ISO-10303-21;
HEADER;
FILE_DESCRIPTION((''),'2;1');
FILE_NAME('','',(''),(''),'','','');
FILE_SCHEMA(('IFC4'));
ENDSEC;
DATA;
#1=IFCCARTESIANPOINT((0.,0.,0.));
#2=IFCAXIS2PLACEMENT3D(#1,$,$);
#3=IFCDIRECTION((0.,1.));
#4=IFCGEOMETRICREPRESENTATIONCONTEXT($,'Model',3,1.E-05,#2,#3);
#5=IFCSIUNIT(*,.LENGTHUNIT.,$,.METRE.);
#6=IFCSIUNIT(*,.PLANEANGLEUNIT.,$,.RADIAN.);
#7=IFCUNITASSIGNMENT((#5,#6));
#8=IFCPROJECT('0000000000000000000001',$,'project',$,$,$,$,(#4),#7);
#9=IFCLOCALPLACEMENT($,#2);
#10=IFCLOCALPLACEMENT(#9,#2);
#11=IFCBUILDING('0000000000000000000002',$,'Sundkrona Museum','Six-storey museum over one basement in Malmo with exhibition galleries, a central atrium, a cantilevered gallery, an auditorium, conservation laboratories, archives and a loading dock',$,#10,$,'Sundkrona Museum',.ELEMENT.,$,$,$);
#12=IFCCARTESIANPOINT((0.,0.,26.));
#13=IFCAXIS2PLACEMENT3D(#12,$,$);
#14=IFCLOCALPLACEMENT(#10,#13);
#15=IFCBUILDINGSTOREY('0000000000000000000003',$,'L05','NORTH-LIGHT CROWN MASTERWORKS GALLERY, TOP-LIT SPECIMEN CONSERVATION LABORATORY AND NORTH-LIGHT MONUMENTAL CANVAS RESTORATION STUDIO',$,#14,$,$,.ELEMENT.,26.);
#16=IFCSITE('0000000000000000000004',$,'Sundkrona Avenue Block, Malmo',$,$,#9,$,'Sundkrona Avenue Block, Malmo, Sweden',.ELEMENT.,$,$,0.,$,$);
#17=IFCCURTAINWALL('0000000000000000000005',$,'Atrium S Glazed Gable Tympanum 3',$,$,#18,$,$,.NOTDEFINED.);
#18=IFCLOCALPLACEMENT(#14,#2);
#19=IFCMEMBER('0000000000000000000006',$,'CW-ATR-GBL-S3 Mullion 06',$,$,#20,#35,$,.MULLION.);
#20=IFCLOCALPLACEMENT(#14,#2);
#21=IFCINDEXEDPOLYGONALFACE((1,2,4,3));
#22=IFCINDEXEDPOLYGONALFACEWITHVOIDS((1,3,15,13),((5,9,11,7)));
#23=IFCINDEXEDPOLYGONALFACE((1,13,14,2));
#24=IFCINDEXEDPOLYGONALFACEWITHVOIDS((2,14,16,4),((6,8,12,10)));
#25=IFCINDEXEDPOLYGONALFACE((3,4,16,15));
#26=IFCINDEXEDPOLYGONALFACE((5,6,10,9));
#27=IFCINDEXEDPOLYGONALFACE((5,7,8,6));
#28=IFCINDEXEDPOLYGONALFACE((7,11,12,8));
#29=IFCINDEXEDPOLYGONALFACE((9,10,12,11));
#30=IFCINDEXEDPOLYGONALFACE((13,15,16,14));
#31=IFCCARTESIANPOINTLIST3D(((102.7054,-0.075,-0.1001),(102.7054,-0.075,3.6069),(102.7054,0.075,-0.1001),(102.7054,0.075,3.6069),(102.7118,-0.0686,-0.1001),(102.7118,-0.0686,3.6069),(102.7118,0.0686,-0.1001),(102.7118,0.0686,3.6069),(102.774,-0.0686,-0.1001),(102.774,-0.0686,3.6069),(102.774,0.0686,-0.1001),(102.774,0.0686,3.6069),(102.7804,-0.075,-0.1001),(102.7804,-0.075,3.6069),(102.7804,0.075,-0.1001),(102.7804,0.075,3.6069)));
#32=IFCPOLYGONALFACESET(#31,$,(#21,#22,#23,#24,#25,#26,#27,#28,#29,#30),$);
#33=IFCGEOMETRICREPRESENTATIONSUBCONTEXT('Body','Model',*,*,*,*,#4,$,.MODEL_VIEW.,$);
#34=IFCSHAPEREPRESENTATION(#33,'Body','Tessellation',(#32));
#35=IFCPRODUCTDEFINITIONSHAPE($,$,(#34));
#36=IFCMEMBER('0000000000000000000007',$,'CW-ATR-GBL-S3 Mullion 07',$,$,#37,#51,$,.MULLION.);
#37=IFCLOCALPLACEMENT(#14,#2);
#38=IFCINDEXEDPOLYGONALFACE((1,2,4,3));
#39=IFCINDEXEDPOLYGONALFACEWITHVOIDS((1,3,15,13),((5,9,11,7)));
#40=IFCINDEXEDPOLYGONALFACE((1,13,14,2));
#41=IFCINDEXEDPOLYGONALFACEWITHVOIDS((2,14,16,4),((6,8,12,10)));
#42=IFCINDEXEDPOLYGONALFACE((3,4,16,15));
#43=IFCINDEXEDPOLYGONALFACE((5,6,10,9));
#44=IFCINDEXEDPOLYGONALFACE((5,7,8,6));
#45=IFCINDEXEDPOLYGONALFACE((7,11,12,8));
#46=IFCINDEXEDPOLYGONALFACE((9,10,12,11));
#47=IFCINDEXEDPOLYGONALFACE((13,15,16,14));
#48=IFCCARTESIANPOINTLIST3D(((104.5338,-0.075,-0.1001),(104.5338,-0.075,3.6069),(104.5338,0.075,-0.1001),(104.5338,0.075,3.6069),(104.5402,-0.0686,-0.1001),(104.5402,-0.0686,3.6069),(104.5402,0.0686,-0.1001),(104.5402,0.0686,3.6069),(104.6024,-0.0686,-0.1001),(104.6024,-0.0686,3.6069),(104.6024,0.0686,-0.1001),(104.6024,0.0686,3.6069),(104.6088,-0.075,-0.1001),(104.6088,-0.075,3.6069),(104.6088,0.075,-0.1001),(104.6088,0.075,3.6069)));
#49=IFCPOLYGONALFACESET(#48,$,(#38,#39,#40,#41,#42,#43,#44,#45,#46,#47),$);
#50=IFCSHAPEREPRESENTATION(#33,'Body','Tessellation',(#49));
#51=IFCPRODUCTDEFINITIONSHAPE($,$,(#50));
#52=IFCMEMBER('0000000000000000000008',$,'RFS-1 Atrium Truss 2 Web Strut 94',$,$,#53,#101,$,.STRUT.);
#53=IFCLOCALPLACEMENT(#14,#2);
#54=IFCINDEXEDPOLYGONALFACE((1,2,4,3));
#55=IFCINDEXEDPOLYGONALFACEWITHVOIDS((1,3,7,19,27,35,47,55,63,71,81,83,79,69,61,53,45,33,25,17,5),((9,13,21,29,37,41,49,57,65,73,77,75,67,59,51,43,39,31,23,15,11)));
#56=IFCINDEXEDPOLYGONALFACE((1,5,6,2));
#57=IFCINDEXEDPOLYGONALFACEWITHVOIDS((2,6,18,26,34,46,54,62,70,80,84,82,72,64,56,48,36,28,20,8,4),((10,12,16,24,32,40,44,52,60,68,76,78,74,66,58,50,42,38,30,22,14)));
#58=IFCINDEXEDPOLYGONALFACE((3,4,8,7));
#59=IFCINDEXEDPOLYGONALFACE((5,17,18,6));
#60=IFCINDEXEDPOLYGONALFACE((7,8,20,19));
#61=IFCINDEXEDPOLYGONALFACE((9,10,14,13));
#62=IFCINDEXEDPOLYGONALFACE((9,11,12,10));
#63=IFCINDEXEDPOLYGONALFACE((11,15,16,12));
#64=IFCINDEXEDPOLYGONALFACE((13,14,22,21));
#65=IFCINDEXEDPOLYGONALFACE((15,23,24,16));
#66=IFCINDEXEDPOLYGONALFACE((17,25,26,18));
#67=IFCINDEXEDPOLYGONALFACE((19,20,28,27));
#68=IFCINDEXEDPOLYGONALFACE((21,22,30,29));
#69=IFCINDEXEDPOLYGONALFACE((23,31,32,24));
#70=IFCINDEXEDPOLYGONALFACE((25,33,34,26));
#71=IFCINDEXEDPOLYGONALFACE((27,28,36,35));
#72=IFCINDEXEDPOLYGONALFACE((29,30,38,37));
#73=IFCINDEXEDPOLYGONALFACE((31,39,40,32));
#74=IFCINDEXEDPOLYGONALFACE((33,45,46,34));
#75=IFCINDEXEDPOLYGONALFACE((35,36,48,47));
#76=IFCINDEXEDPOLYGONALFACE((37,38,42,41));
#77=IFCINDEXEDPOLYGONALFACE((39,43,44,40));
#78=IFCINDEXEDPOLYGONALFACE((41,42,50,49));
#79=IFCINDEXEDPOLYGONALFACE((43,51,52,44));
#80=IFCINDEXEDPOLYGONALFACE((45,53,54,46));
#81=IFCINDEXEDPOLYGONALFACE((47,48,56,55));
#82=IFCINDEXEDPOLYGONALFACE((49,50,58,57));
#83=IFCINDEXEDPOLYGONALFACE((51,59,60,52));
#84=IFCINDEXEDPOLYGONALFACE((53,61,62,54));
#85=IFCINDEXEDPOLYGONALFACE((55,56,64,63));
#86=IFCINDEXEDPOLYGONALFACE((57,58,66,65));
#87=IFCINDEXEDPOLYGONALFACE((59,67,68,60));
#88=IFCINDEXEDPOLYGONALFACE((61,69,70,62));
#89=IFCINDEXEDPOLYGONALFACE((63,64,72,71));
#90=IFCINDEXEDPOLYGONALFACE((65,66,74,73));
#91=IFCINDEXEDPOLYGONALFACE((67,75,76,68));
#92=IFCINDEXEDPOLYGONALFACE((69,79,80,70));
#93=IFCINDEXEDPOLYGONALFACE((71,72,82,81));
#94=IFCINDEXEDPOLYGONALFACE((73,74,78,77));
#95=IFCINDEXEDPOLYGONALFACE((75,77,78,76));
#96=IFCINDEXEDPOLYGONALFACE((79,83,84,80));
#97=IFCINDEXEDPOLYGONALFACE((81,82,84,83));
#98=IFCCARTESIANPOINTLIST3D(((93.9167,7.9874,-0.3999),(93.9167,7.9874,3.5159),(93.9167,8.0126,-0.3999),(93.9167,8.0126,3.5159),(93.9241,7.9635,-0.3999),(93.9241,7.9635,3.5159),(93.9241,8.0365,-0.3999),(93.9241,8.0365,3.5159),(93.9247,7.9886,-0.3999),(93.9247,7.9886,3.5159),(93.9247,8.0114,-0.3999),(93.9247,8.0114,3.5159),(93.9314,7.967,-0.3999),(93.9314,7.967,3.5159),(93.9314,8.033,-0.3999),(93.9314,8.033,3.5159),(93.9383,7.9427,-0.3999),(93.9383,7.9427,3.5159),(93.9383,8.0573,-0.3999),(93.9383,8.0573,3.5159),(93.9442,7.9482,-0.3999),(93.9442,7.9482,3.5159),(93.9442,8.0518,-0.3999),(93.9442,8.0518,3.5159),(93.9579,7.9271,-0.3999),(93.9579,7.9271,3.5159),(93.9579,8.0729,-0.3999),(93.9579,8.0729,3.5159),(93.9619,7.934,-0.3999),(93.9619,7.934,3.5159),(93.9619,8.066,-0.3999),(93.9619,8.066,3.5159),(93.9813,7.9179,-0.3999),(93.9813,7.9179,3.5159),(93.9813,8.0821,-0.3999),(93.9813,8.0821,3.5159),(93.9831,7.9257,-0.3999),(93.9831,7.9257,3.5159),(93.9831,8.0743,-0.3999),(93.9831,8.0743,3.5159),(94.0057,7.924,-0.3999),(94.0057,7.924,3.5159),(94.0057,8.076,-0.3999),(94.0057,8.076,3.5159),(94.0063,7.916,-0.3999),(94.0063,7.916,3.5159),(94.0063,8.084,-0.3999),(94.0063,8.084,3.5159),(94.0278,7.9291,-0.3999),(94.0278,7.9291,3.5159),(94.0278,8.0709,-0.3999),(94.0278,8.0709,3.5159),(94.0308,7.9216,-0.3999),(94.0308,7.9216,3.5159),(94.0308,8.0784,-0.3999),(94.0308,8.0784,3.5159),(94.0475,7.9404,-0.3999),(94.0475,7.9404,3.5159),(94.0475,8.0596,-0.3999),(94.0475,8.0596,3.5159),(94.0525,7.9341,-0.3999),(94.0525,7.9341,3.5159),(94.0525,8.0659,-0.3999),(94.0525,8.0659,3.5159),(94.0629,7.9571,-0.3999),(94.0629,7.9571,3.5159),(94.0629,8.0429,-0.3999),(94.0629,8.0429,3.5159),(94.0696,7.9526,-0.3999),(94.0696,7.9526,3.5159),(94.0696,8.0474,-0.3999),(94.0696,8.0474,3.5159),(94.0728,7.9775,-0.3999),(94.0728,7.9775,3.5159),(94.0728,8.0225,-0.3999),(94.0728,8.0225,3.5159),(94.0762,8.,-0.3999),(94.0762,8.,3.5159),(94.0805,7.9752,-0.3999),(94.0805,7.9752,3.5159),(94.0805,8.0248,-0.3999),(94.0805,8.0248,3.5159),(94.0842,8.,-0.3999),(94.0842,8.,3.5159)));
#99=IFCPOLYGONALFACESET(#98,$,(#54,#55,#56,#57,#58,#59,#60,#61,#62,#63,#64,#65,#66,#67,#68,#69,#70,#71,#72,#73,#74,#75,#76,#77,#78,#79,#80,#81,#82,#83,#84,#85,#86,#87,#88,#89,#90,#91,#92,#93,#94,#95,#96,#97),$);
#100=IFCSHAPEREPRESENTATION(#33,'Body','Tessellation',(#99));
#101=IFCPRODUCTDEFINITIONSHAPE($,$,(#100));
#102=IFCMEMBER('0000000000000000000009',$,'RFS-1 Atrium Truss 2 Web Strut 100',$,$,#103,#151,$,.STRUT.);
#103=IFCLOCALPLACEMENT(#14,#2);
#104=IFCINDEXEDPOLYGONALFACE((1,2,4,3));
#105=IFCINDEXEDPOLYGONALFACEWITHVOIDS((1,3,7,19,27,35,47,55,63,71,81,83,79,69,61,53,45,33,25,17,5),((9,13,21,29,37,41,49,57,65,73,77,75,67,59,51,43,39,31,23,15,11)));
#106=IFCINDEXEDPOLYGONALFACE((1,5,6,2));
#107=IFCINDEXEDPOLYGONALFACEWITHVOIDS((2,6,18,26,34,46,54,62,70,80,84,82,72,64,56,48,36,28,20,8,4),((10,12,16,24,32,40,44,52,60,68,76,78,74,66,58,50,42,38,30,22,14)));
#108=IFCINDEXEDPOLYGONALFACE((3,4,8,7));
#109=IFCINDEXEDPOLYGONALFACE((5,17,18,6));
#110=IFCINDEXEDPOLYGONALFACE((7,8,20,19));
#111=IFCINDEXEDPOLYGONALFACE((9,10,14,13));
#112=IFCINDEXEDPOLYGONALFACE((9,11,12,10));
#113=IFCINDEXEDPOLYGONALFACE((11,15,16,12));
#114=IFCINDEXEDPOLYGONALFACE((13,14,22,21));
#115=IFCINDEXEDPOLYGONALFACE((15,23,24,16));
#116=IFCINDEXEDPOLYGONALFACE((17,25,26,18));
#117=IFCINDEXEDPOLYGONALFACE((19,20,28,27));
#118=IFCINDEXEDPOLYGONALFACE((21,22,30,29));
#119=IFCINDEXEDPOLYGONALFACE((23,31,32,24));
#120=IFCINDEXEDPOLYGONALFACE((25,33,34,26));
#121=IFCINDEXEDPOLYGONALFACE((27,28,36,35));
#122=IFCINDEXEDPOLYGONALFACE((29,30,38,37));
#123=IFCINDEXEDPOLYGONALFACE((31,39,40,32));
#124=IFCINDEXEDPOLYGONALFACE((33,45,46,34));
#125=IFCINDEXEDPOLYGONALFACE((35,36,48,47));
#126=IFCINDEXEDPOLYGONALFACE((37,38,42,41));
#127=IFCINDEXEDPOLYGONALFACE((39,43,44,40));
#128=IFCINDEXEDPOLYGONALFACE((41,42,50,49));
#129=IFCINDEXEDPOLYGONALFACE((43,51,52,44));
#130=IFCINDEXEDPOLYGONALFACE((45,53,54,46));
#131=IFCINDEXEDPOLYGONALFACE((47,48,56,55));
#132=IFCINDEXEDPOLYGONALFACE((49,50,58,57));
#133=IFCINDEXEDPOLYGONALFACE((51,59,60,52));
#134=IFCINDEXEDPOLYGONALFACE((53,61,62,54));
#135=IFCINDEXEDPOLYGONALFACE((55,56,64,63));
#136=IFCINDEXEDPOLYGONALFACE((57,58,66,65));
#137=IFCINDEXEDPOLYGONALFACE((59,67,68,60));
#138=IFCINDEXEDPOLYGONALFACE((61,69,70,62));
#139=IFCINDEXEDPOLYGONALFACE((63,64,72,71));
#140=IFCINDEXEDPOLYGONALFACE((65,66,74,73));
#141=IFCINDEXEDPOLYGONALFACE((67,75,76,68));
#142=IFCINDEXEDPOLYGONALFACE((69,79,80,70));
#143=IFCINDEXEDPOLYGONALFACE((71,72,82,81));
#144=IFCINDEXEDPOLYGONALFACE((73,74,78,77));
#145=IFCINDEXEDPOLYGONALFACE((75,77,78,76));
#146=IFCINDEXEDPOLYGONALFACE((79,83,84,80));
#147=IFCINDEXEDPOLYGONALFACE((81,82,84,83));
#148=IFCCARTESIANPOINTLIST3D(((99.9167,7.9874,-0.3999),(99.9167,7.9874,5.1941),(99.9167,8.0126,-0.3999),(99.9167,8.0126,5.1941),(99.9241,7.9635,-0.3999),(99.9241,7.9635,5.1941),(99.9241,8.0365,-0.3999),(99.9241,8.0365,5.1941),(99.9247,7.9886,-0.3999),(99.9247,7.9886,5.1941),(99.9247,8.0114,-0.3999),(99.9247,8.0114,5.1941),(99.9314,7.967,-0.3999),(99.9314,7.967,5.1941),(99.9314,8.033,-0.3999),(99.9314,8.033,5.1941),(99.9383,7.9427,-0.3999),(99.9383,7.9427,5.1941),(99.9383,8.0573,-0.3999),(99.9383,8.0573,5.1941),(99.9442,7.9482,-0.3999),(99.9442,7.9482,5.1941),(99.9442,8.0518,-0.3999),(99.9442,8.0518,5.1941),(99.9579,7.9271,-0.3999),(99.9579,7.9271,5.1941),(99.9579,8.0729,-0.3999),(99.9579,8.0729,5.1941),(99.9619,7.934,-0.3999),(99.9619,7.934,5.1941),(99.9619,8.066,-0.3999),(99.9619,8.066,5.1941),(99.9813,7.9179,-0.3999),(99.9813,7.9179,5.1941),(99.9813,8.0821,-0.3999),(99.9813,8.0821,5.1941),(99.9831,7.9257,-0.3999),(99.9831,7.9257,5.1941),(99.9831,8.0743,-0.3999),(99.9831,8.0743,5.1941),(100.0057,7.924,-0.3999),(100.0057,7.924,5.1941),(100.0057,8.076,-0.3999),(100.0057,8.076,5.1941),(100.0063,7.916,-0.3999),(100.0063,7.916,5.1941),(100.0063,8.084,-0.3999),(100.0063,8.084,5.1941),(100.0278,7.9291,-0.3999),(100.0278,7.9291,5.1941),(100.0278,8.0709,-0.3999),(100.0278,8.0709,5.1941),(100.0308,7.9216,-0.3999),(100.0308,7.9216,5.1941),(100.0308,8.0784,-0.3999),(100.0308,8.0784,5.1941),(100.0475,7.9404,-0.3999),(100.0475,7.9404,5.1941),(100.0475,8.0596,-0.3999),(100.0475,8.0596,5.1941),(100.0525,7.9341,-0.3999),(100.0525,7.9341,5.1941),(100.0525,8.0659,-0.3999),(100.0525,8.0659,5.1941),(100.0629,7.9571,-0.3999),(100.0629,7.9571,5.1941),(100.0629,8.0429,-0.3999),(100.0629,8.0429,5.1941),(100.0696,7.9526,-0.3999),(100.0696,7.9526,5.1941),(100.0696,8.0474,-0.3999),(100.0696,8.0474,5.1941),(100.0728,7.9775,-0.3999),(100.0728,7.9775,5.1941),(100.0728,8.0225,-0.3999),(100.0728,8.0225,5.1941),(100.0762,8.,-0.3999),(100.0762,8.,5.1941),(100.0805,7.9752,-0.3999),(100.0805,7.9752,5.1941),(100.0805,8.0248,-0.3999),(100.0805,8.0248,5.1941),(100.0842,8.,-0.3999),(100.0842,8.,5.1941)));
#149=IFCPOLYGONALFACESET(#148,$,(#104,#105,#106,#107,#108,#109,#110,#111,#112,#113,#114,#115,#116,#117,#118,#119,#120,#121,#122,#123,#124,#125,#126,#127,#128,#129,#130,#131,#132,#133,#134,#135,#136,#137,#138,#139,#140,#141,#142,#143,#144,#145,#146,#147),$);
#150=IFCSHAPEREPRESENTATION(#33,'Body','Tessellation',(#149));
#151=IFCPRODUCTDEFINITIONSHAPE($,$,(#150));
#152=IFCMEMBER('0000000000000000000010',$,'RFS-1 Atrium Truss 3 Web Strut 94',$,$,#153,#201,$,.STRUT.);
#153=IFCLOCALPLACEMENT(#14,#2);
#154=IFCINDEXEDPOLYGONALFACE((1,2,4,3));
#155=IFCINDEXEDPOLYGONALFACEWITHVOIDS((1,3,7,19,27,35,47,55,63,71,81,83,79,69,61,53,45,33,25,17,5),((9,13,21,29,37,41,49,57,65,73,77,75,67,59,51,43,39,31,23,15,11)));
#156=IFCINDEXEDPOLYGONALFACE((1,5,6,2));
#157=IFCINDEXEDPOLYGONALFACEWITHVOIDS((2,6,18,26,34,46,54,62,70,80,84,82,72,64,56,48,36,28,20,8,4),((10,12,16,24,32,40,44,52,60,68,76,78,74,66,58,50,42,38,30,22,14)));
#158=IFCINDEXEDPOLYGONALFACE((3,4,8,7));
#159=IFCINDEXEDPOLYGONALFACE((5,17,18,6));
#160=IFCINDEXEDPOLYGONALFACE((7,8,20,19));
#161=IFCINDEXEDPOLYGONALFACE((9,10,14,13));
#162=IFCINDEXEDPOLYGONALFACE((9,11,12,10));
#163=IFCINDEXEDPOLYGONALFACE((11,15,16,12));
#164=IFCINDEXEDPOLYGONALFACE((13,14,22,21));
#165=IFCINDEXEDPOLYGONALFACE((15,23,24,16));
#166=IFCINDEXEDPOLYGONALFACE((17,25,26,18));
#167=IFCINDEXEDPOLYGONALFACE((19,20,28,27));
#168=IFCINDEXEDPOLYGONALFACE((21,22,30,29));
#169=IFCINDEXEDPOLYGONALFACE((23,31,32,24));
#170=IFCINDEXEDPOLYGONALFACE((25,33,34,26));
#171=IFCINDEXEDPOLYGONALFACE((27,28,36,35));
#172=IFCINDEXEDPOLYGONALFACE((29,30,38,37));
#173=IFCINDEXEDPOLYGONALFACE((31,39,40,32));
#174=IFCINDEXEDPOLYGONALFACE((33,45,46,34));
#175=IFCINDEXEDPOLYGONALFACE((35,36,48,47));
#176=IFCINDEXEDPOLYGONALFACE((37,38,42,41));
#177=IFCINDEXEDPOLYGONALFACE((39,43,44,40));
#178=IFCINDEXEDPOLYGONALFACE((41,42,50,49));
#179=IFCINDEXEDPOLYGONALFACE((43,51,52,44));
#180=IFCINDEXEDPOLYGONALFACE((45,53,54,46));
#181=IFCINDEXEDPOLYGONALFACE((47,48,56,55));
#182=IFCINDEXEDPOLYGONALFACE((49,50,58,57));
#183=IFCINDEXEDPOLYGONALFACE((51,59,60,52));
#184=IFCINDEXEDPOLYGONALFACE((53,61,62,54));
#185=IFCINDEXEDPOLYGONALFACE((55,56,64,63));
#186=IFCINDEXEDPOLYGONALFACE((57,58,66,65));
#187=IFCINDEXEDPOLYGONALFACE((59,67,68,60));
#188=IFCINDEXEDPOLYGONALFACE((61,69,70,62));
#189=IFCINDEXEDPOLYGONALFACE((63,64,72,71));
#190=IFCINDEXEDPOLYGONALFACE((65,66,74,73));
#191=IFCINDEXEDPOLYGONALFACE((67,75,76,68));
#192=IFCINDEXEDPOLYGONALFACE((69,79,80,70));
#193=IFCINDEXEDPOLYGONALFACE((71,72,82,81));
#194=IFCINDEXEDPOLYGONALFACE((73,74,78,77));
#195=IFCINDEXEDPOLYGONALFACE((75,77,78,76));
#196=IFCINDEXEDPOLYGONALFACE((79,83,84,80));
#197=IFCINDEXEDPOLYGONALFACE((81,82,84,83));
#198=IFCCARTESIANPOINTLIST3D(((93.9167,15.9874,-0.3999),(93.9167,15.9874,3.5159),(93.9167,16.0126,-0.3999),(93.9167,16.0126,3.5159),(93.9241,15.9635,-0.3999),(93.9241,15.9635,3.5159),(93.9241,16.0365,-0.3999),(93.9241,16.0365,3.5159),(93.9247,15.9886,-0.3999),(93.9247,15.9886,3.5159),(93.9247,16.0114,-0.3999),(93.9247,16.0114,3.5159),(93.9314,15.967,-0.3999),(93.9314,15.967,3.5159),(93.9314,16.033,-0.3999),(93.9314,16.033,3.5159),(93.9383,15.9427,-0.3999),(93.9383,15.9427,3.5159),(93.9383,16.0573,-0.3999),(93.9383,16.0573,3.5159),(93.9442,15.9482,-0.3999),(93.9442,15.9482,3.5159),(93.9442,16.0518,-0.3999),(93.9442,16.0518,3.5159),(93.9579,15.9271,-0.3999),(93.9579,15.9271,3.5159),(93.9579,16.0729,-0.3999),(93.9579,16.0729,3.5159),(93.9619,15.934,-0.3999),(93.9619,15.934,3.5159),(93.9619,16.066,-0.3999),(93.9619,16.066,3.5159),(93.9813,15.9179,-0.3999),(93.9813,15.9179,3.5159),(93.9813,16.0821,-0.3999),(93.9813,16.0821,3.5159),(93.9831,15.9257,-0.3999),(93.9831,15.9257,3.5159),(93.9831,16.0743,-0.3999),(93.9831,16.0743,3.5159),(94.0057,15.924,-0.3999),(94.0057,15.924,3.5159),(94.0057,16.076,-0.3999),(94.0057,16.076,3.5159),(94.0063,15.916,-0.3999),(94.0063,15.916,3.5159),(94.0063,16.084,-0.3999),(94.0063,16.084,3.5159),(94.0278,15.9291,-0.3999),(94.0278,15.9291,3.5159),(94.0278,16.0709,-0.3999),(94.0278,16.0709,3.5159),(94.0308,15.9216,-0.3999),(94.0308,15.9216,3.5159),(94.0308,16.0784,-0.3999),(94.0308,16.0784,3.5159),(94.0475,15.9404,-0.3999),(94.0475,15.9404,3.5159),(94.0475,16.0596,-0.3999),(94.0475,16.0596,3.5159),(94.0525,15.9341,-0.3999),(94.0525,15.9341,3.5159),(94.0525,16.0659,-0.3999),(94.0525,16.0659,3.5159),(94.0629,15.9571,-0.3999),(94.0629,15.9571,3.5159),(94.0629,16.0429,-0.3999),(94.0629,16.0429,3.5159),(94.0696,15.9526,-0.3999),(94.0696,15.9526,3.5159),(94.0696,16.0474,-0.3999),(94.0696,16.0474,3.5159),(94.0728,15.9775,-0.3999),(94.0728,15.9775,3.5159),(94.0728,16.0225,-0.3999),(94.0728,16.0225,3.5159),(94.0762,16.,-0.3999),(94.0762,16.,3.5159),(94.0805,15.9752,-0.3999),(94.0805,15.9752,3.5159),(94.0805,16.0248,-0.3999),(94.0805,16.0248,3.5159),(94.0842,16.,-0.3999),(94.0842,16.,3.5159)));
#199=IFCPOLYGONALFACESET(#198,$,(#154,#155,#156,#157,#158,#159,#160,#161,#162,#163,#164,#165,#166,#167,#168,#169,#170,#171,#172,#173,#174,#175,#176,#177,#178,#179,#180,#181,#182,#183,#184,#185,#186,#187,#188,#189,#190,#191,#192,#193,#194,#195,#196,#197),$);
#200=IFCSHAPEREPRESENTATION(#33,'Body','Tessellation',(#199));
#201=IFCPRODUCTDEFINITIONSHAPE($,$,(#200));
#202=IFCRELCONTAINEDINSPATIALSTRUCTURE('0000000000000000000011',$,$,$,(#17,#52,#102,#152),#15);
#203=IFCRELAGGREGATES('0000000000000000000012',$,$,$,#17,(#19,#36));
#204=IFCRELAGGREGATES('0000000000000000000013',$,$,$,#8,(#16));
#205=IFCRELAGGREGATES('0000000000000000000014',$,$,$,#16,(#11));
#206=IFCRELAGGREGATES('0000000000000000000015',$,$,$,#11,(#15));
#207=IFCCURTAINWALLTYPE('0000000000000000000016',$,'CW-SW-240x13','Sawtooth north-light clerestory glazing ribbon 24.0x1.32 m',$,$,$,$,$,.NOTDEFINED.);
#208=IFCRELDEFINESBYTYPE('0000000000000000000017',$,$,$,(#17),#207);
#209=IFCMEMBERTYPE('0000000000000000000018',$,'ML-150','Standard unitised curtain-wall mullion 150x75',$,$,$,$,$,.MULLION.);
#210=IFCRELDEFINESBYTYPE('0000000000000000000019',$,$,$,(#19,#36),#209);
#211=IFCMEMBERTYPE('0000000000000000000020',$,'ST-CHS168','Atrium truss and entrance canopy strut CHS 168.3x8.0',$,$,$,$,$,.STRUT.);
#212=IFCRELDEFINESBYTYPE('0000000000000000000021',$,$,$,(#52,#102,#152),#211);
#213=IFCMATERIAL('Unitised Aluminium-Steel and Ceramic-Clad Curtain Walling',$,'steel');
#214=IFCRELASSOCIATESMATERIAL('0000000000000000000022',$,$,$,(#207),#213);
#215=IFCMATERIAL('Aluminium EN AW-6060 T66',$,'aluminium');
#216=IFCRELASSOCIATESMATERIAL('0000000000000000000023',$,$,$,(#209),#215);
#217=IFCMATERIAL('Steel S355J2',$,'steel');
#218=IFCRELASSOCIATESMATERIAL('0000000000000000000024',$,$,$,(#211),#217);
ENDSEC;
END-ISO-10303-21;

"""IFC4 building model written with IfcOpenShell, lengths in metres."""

from ifc_helpers import new_model, si_unit, direction, frame, origin, origin_2d, place, context, subcontext, project, spatial, hollow_rectangle, hollow_circle, extrude, material, material_profile, profile_set, type_object, element, aggregate, save


model = new_model("IFC4")

# Units and contexts
model_context = context("Model", 3, precision=1e-05, world=origin(), true_north=direction((0.0, 1.0)))
body_context = subcontext(model_context, "Body", "Model", "MODEL_VIEW")
ifc_project = project(units=[si_unit("LENGTHUNIT", "METRE"), si_unit("PLANEANGLEUNIT", "RADIAN")], contexts=[model_context])

# Site, building, storey
site_placement = place(None, origin())
site = spatial("IfcSite", under=ifc_project, at=site_placement, Name="Sundkrona Avenue Block, Malmo", LongName="Sundkrona Avenue Block, Malmo, Sweden", CompositionType="ELEMENT", RefElevation=0.0)
building_placement = place(site_placement, origin())
building = spatial("IfcBuilding", under=site, at=building_placement, Name="Sundkrona Museum", Description="Six-storey museum over one basement in Malmo with exhibition galleries, a central atrium, a cantilevered gallery, an auditorium, conservation laboratories, archives and a loading dock", LongName="Sundkrona Museum", CompositionType="ELEMENT")
storey_placement = place(building_placement, frame((0.0, 0.0, 26.0)))
storey = spatial("IfcBuildingStorey", under=building, at=storey_placement, Name="L05", Description="NORTH-LIGHT CROWN MASTERWORKS GALLERY, TOP-LIT SPECIMEN CONSERVATION LABORATORY AND NORTH-LIGHT MONUMENTAL CANVAS RESTORATION STUDIO", CompositionType="ELEMENT", Elevation=26.0)

# Curtain wall, members
ifc_material_1 = material(Name="Unitised Aluminium-Steel and Ceramic-Clad Curtain Walling", Category="steel")
curtain_wall_type = type_object("IfcCurtainWallType", Name="CW-SW-240x13", Description="Sawtooth north-light clerestory glazing ribbon 24.0x1.32 m", PredefinedType="NOTDEFINED", material=ifc_material_1)
curtain_wall_placement = place(storey_placement, origin())
curtain_wall = element("IfcCurtainWall", 1, at=curtain_wall_placement, inside=storey, type_object=curtain_wall_type, Name="Atrium S Glazed Gable Tympanum 3", PredefinedType="NOTDEFINED")
ifc_material_2 = material(Name="Aluminium EN AW-6060 T66", Category="aluminium")
ifc_material_profile_1 = material_profile(ifc_material_2, hollow_rectangle(XDim=0.075, YDim=0.1499, WallThickness=0.0063, at=origin_2d()), Name="RHS 150x75x6.3")
ifc_profile_set_1 = profile_set([ifc_material_profile_1], Name="Aluminium EN AW-6060 T66")
member_type_1 = type_object("IfcMemberType", Name="ML-150", Description="Standard unitised curtain-wall mullion 150x75", PredefinedType="MULLION", material=ifc_profile_set_1)
member_1_placement = place(storey_placement, frame((102.7429, 0.0, -0.1001), z_axis=(0.0, 0.0, 1.0), x_axis=(1.0, 0.0, 0.0)))
member_1 = element("IfcMember", 2, at=member_1_placement, type_object=member_type_1, Name="CW-ATR-GBL-S3 Mullion 06", PredefinedType="MULLION", context=body_context, shape_type="SweptSolid", body=[
    extrude(hollow_rectangle(XDim=0.075, YDim=0.1499, WallThickness=0.0063, at=origin_2d()), origin(), (0.0, 0.0, 1.0), 3.707),
])
member_2_placement = place(storey_placement, frame((104.5713, 0.0, -0.1001), z_axis=(0.0, 0.0, 1.0), x_axis=(1.0, 0.0, 0.0)))
member_2 = element("IfcMember", 3, at=member_2_placement, type_object=member_type_1, Name="CW-ATR-GBL-S3 Mullion 07", PredefinedType="MULLION", context=body_context, shape_type="SweptSolid", body=[
    extrude(hollow_rectangle(XDim=0.075, YDim=0.1499, WallThickness=0.0063, at=origin_2d()), origin(), (0.0, 0.0, 1.0), 3.707),
])

# Members
ifc_material_3 = material(Name="Steel S355J2", Category="steel")
ifc_material_profile_2 = material_profile(ifc_material_3, hollow_circle(Radius=0.0842, WallThickness=0.0081, at=origin_2d()), Name="CHS 168.3x8.0")
ifc_profile_set_2 = profile_set([ifc_material_profile_2], Name="Steel S355J2")
member_type_2 = type_object("IfcMemberType", Name="ST-CHS168", Description="Atrium truss and entrance canopy strut CHS 168.3x8.0", PredefinedType="STRUT", material=ifc_profile_set_2)
member_3_placement = place(storey_placement, frame((94.0, 8.0, -0.3999), z_axis=(0.0, 0.0, 1.0), x_axis=(1.0, 0.0, 0.0)))
element("IfcMember", 4, at=member_3_placement, inside=storey, type_object=member_type_2, Name="RFS-1 Atrium Truss 2 Web Strut 94", PredefinedType="STRUT", context=body_context, shape_type="SweptSolid", body=[
    extrude(hollow_circle(Radius=0.0842, WallThickness=0.0081, at=origin_2d()), origin(), (0.0, 0.0, 1.0), 3.9158),
])
member_4_placement = place(storey_placement, frame((100.0, 8.0, -0.3999), z_axis=(0.0, 0.0, 1.0), x_axis=(1.0, 0.0, 0.0)))
element("IfcMember", 5, at=member_4_placement, inside=storey, type_object=member_type_2, Name="RFS-1 Atrium Truss 2 Web Strut 100", PredefinedType="STRUT", context=body_context, shape_type="SweptSolid", body=[
    extrude(hollow_circle(Radius=0.0842, WallThickness=0.0081, at=origin_2d()), origin(), (0.0, 0.0, 1.0), 5.594),
])
member_5_placement = place(storey_placement, frame((94.0, 16.0, -0.3999), z_axis=(0.0, 0.0, 1.0), x_axis=(1.0, 0.0, 0.0)))
element("IfcMember", 6, at=member_5_placement, inside=storey, type_object=member_type_2, Name="RFS-1 Atrium Truss 3 Web Strut 94", PredefinedType="STRUT", context=body_context, shape_type="SweptSolid", body=[
    extrude(hollow_circle(Radius=0.0842, WallThickness=0.0081, at=origin_2d()), origin(), (0.0, 0.0, 1.0), 3.9158),
])

aggregate(curtain_wall, [member_1, member_2])

save(model, "model.ifc")
